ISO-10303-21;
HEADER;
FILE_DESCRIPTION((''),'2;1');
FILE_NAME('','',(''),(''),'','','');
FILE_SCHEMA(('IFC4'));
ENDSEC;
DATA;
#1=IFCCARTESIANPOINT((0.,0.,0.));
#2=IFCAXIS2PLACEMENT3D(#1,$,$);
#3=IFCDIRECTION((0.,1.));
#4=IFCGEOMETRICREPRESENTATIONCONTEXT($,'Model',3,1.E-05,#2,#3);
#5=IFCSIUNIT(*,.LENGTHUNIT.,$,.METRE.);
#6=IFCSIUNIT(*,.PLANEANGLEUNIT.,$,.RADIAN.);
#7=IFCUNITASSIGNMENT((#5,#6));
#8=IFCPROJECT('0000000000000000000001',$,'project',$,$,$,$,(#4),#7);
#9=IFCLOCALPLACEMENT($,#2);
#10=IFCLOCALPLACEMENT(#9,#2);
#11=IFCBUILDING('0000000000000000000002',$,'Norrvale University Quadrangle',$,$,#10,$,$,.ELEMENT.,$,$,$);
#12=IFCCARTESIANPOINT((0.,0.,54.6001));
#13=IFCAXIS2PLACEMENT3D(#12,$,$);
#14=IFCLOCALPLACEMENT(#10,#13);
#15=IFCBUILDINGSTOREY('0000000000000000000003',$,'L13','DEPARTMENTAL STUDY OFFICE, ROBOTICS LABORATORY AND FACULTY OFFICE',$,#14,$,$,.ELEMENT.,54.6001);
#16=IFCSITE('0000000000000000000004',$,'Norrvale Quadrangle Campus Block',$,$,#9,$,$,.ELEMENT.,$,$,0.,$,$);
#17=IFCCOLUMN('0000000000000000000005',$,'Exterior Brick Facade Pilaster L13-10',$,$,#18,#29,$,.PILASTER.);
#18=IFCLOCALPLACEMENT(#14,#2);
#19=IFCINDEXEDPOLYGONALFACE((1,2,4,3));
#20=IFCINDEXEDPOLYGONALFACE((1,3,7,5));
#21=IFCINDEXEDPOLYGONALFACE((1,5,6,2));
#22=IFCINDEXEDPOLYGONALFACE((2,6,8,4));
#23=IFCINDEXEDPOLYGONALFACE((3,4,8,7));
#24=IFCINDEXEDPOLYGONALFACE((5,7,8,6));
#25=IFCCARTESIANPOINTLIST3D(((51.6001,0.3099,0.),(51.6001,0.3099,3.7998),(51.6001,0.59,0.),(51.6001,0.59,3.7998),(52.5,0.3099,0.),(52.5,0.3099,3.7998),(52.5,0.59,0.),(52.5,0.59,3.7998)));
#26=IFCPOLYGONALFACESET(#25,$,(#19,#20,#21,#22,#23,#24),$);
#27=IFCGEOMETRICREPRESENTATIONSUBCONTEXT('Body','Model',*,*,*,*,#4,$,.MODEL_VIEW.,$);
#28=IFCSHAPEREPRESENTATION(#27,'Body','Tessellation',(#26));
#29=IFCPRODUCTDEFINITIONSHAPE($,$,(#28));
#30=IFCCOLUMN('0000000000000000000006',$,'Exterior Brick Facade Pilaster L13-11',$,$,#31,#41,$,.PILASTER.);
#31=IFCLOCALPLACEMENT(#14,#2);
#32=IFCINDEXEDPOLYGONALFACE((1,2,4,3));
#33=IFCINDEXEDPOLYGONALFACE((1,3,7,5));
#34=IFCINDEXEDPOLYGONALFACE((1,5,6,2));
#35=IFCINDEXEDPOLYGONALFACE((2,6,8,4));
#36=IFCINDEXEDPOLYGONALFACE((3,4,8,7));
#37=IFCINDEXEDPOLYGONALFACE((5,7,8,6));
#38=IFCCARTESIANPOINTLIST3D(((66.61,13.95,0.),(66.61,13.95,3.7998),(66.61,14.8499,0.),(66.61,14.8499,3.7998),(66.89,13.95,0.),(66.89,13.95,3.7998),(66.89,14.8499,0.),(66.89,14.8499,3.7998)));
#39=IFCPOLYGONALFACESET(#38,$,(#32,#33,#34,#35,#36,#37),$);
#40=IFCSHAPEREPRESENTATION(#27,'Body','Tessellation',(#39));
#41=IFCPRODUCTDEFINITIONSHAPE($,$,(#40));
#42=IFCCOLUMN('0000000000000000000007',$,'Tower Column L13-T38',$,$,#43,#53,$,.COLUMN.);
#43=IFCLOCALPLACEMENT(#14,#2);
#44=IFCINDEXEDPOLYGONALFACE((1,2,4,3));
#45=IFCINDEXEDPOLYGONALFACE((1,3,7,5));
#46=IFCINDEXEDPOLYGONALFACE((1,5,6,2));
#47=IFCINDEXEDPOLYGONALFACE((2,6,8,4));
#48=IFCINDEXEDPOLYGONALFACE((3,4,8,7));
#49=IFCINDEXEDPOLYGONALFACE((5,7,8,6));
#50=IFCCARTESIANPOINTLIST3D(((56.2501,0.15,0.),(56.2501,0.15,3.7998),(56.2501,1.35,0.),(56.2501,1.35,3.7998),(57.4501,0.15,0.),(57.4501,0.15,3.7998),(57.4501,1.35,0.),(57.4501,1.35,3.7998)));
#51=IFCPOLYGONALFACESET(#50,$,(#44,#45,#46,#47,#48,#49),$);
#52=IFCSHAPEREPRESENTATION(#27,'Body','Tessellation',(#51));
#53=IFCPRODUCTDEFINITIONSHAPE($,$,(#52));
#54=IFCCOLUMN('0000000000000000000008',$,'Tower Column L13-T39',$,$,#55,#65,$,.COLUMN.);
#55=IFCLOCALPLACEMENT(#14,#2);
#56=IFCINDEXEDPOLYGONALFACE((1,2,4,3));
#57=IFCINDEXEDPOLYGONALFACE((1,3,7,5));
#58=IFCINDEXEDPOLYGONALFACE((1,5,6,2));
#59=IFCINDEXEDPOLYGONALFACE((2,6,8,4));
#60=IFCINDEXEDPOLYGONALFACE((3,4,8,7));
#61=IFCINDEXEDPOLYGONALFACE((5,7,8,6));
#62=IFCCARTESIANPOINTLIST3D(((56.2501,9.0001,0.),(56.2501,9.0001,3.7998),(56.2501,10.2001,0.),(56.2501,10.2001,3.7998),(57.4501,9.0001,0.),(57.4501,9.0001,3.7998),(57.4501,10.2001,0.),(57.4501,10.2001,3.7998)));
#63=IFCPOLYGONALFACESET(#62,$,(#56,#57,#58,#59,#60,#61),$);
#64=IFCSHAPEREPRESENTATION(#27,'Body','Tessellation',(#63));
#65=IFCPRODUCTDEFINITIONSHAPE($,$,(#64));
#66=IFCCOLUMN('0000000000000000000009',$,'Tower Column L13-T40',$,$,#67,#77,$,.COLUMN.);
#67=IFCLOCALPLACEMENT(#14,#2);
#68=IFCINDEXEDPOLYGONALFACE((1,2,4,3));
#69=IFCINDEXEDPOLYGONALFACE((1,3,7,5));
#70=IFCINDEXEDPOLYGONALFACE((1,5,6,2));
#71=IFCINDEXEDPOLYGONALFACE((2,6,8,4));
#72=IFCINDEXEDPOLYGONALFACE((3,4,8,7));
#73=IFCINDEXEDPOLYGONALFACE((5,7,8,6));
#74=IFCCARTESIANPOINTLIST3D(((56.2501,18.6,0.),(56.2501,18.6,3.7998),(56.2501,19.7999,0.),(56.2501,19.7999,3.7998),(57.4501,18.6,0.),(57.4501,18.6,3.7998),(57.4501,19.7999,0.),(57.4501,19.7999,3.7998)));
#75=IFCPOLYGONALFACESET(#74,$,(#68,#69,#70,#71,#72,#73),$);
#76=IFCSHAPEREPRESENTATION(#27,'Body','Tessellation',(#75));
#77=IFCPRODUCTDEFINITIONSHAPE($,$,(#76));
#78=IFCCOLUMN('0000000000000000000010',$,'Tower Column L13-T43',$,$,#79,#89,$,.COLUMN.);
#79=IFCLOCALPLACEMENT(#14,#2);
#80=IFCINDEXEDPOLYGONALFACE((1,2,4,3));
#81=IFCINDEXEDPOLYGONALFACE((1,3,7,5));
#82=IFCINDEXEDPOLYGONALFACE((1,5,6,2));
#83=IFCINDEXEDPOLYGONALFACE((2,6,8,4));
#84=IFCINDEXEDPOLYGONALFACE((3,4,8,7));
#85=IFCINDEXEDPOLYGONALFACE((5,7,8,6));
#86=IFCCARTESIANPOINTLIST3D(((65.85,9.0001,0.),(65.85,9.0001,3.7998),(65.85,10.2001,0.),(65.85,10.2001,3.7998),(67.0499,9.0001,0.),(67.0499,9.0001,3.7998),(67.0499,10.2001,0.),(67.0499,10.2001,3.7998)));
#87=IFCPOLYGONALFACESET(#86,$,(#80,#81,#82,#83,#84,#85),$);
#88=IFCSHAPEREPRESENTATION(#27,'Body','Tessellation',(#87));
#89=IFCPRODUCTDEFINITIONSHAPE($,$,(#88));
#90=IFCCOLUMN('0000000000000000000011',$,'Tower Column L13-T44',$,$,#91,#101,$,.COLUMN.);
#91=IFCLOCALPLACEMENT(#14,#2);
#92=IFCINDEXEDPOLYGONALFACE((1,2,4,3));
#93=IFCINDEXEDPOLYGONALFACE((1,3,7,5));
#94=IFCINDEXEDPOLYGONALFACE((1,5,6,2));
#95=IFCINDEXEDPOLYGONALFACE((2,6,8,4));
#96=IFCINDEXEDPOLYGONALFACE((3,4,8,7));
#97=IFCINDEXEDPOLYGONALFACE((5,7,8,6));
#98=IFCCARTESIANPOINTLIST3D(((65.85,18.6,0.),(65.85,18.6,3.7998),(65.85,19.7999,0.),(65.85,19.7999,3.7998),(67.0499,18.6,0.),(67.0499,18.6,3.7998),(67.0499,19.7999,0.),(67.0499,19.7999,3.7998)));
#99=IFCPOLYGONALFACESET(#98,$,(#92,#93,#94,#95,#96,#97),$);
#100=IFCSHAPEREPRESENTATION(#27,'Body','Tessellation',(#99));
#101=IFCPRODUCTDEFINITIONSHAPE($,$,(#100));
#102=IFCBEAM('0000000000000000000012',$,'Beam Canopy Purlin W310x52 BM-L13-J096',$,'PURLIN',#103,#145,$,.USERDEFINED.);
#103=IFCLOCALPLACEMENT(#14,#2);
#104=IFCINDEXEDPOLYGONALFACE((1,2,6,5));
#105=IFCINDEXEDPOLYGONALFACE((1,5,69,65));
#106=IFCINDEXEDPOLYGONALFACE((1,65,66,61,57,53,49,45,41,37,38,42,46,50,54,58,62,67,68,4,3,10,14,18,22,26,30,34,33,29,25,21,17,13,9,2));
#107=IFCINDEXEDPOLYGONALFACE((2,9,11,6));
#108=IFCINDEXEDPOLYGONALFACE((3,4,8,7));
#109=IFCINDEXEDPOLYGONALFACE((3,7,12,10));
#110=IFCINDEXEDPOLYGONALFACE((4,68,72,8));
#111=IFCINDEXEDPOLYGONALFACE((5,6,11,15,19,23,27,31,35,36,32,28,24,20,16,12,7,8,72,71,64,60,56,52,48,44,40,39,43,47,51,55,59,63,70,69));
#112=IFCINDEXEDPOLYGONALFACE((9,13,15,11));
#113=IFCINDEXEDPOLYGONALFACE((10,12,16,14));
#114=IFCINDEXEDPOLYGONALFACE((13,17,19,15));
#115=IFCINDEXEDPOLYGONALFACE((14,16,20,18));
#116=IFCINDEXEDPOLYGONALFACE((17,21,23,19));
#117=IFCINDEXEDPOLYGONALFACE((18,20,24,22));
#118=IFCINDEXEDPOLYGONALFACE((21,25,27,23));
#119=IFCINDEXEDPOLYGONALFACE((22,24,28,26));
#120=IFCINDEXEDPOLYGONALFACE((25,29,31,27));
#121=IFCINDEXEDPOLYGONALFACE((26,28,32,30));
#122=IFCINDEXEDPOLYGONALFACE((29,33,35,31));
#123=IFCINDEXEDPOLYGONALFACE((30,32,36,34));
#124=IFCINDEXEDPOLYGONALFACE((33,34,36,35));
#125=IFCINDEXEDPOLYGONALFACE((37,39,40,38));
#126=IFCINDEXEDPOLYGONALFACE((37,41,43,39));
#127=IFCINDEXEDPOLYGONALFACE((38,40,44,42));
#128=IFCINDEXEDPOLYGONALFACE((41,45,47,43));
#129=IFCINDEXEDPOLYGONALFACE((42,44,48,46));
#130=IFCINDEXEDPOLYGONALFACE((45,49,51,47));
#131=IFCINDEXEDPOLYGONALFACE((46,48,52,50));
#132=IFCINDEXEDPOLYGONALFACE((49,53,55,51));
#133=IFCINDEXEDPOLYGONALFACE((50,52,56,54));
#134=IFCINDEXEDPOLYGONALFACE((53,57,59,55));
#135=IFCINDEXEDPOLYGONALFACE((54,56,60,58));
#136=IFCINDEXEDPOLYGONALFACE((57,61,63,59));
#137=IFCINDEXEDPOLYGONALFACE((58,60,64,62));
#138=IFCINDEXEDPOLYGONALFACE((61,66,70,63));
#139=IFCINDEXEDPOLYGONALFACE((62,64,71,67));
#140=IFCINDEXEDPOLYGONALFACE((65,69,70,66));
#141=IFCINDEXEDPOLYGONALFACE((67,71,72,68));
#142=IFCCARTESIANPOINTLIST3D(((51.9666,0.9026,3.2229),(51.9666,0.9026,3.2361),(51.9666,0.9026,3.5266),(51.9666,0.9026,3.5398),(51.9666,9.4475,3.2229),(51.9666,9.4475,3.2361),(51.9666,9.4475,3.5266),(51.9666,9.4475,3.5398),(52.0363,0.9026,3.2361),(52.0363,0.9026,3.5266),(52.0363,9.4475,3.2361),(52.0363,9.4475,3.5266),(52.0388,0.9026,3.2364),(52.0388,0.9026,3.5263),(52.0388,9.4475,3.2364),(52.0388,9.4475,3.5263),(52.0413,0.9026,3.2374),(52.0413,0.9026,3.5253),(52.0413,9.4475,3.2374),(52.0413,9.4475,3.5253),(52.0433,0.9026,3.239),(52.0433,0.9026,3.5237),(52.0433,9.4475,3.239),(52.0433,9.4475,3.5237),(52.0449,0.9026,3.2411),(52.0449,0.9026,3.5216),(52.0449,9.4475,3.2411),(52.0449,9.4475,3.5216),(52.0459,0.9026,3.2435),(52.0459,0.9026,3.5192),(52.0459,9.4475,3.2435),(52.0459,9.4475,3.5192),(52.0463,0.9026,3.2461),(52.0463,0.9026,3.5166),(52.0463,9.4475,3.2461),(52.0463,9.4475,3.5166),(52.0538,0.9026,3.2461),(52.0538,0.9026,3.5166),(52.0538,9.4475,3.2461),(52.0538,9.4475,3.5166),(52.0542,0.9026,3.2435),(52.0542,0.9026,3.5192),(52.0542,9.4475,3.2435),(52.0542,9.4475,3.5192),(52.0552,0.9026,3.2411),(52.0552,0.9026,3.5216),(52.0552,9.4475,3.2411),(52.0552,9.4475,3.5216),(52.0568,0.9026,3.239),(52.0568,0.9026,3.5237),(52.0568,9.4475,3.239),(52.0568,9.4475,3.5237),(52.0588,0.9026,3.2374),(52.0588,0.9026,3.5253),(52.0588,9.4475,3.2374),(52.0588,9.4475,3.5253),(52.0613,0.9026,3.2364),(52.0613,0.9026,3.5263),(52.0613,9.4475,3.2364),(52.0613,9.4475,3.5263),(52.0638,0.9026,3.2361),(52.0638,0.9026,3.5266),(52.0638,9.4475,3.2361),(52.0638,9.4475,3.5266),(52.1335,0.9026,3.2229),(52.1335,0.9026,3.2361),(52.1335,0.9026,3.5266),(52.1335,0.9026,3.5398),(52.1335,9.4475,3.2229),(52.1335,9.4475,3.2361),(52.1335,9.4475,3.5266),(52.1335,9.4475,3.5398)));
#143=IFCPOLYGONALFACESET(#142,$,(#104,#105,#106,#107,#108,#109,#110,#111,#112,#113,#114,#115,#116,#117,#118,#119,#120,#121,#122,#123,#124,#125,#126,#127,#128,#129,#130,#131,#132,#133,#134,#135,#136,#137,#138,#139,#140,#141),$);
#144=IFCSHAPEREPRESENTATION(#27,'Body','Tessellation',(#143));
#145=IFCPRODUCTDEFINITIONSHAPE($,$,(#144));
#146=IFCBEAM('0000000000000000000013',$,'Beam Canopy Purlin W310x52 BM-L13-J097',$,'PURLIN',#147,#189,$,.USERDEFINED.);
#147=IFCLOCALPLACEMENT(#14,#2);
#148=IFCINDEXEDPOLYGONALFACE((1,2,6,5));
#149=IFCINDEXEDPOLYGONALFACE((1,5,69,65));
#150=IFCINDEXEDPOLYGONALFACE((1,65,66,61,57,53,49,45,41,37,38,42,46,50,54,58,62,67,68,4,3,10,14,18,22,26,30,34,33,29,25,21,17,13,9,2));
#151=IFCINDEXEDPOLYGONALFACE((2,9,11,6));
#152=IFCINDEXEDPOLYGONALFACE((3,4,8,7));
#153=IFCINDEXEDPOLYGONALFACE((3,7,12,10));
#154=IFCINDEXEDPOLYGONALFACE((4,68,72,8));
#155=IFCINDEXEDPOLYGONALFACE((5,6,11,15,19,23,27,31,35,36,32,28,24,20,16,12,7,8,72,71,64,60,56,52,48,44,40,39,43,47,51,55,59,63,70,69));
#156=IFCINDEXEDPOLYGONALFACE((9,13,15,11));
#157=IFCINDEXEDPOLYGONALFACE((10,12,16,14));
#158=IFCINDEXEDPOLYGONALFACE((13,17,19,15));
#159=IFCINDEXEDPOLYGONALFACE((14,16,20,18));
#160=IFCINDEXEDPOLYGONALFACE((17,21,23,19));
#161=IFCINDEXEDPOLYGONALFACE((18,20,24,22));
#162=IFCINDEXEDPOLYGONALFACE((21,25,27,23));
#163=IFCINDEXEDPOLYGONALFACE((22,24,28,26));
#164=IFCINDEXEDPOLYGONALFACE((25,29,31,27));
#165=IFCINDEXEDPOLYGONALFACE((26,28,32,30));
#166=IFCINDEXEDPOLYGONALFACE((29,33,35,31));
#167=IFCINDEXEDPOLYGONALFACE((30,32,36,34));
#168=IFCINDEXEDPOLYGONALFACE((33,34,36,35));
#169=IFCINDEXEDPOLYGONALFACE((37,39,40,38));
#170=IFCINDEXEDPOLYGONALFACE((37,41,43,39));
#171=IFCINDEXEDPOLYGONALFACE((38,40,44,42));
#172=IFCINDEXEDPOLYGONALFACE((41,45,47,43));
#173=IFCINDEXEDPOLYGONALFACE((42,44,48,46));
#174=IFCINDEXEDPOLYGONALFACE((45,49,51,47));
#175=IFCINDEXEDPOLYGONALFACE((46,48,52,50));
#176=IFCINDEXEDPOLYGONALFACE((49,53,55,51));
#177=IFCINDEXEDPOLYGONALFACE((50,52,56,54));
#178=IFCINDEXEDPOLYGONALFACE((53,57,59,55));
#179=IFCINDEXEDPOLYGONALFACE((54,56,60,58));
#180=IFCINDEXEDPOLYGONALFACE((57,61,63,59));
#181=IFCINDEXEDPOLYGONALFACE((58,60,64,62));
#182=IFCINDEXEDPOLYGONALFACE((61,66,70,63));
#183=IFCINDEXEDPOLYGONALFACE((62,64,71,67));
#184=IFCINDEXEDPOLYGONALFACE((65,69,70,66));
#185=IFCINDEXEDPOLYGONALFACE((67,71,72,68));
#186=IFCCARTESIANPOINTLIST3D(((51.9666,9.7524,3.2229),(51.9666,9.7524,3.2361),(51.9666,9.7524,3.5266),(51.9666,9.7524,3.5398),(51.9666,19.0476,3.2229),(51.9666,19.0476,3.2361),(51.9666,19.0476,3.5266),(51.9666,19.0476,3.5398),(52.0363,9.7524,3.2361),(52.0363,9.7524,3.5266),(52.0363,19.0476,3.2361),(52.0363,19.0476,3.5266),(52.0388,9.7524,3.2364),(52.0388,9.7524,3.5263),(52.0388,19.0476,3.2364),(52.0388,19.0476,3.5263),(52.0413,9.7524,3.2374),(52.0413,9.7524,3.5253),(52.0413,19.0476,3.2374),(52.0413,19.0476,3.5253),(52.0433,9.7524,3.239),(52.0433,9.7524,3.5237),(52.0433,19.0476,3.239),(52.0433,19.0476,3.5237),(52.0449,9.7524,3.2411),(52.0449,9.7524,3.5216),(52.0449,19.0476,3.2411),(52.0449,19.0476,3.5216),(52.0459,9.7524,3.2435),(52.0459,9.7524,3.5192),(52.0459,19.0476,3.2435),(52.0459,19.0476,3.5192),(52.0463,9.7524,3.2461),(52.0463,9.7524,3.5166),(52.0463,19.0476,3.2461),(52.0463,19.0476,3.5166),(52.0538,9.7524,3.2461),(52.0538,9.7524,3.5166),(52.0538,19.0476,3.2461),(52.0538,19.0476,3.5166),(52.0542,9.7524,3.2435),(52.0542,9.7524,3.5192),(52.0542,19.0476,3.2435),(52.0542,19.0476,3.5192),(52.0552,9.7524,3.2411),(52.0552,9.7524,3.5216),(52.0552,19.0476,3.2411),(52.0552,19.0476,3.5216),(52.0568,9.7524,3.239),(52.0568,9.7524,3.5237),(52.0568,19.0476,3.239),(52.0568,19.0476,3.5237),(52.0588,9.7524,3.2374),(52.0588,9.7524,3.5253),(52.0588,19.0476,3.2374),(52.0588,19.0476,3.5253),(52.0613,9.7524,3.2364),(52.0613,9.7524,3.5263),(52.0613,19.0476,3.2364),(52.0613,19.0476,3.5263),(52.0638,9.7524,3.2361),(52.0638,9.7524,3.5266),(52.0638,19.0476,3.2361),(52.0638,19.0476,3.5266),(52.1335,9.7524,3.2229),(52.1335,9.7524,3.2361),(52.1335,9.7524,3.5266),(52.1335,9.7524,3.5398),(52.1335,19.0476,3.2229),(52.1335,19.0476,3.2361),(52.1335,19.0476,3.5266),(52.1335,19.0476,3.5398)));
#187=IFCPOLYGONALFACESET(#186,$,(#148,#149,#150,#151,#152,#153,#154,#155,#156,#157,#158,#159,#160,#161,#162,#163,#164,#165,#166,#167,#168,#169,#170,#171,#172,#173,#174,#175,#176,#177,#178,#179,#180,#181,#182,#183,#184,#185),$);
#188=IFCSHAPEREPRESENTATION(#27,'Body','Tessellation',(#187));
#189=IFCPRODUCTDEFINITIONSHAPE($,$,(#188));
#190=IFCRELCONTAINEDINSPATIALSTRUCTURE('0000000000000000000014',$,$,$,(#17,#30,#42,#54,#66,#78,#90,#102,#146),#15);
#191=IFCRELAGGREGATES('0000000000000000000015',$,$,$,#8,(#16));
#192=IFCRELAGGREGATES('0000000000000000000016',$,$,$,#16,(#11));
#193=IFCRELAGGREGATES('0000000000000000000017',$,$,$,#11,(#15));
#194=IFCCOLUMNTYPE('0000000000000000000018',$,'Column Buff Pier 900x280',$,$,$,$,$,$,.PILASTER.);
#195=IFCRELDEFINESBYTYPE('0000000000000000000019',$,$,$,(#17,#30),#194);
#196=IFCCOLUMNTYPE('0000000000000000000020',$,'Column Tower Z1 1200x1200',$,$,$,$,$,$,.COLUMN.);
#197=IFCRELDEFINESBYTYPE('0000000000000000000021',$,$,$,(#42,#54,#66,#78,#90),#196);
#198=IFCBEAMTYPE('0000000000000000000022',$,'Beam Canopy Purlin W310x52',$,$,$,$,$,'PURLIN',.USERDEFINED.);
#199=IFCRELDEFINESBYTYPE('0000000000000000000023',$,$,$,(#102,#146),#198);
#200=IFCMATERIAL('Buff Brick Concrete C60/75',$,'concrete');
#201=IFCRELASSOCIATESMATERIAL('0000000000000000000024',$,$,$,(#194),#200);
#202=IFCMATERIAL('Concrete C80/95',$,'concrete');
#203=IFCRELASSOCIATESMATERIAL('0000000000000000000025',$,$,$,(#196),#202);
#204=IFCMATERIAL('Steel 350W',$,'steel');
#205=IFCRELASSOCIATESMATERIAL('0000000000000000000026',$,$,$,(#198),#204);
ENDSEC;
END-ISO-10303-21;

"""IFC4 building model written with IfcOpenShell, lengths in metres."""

from ifc_helpers import new_model, si_unit, direction, frame, origin, origin_2d, place, context, subcontext, project, spatial, rectangle, i_section, extrude, material, material_profile, profile_set, type_object, element, save


model = new_model("IFC4")

# Units and contexts
model_context = context("Model", 3, precision=1e-05, world=origin(), true_north=direction((0.0, 1.0)))
body_context = subcontext(model_context, "Body", "Model", "MODEL_VIEW")
ifc_project = project(units=[si_unit("LENGTHUNIT", "METRE"), si_unit("PLANEANGLEUNIT", "RADIAN")], contexts=[model_context])

# Site, building, storey
site_placement = place(None, origin())
site = spatial("IfcSite", under=ifc_project, at=site_placement, Name="Norrvale Quadrangle Campus Block", CompositionType="ELEMENT", RefElevation=0.0)
building_placement = place(site_placement, origin())
building = spatial("IfcBuilding", under=site, at=building_placement, Name="Norrvale University Quadrangle", CompositionType="ELEMENT")
storey_placement = place(building_placement, frame((0.0, 0.0, 54.6001)))
storey = spatial("IfcBuildingStorey", under=building, at=storey_placement, Name="L13", Description="DEPARTMENTAL STUDY OFFICE, ROBOTICS LABORATORY AND FACULTY OFFICE", CompositionType="ELEMENT", Elevation=54.6001)

# Columns
ifc_material_1 = material(Name="Buff Brick Concrete C60/75", Category="concrete")
ifc_material_profile_1 = material_profile(ifc_material_1, rectangle(XDim=0.8999, YDim=0.28, at=origin_2d()), Name="Buff Brick Concrete C60/75")
ifc_profile_set_1 = profile_set([ifc_material_profile_1], Name="Buff Brick Concrete C60/75")
column_type_1 = type_object("IfcColumnType", Name="Column Buff Pier 900x280", PredefinedType="PILASTER", material=ifc_profile_set_1)
for number, where, z_axis, x_axis, name in (
    (1, (52.05, 0.45, 0.0), (0.0, 0.0, 1.0), (1.0, 0.0, 0.0), "Exterior Brick Facade Pilaster L13-10"),
    (2, (66.75, 14.3999, 0.0), (0.0, 0.0, 1.0), (0.0, 1.0, 0.0), "Exterior Brick Facade Pilaster L13-11"),
):
    element("IfcColumn", number, at=place(storey_placement, frame(where, z_axis=z_axis, x_axis=x_axis)), inside=storey, type_object=column_type_1, Name=name, PredefinedType="PILASTER", context=body_context, shape_type="SweptSolid", body=[
        extrude(rectangle(XDim=0.8999, YDim=0.28, at=origin_2d()), origin(), (0.0, 0.0, 1.0), 3.7998),
    ])
ifc_material_2 = material(Name="Concrete C80/95", Category="concrete")
ifc_material_profile_2 = material_profile(ifc_material_2, rectangle(XDim=1.2, YDim=1.2, at=origin_2d()), Name="Concrete C80/95")
ifc_profile_set_2 = profile_set([ifc_material_profile_2], Name="Concrete C80/95")
column_type_2 = type_object("IfcColumnType", Name="Column Tower Z1 1200x1200", PredefinedType="COLUMN", material=ifc_profile_set_2)
for number, where, z_axis, x_axis, name in (
    (3, (56.8501, 0.75, 0.0), (0.0, 0.0, 1.0), (1.0, 0.0, 0.0), "Tower Column L13-T38"),
    (4, (56.8501, 9.6001, 0.0), (0.0, 0.0, 1.0), (1.0, 0.0, 0.0), "Tower Column L13-T39"),
    (5, (56.8501, 19.2, 0.0), (0.0, 0.0, 1.0), (1.0, 0.0, 0.0), "Tower Column L13-T40"),
    (6, (66.45, 9.6001, 0.0), (0.0, 0.0, 1.0), (1.0, 0.0, 0.0), "Tower Column L13-T43"),
    (7, (66.45, 19.2, 0.0), (0.0, 0.0, 1.0), (1.0, 0.0, 0.0), "Tower Column L13-T44"),
):
    element("IfcColumn", number, at=place(storey_placement, frame(where, z_axis=z_axis, x_axis=x_axis)), inside=storey, type_object=column_type_2, Name=name, PredefinedType="COLUMN", context=body_context, shape_type="SweptSolid", body=[
        extrude(rectangle(XDim=1.2, YDim=1.2, at=origin_2d()), origin(), (0.0, 0.0, 1.0), 3.7998),
    ])

# Beams
ifc_material_3 = material(Name="Steel 350W", Category="steel")
ifc_material_profile_3 = material_profile(ifc_material_3, i_section(OverallWidth=0.167, OverallDepth=0.3169, WebThickness=0.0076, FlangeThickness=0.0132, FilletRadius=0.01, at=origin_2d()), Name="Steel 350W")
ifc_profile_set_3 = profile_set([ifc_material_profile_3], Name="Steel 350W")
beam_type_1 = type_object("IfcBeamType", Name="Beam Canopy Purlin W310x52", ElementType="PURLIN", PredefinedType="USERDEFINED", material=ifc_profile_set_3)
beam_1_placement = place(storey_placement, frame((52.05, 0.9026, 3.3813), z_axis=(0.0, 1.0, 0.0), x_axis=(-1.0, 0.0, 0.0)))
element("IfcBeam", 8, at=beam_1_placement, inside=storey, type_object=beam_type_1, Name="Beam Canopy Purlin W310x52 BM-L13-J096", ObjectType="PURLIN", PredefinedType="USERDEFINED", context=body_context, shape_type="SweptSolid", body=[
    extrude(i_section(OverallWidth=0.167, OverallDepth=0.3169, WebThickness=0.0076, FlangeThickness=0.0132, FilletRadius=0.01, at=origin_2d()), origin(), (0.0, 0.0, 1.0), 8.5449),
])
for number, where, z_axis, x_axis, name in (
    (9, (52.05, 9.7524, 3.3813), (0.0, 1.0, 0.0), (-1.0, 0.0, 0.0), "Beam Canopy Purlin W310x52 BM-L13-J097"),
):
    element("IfcBeam", number, at=place(storey_placement, frame(where, z_axis=z_axis, x_axis=x_axis)), inside=storey, type_object=beam_type_1, Name=name, ObjectType="PURLIN", PredefinedType="USERDEFINED", context=body_context, shape_type="SweptSolid", body=[
        extrude(i_section(OverallWidth=0.167, OverallDepth=0.3169, WebThickness=0.0076, FlangeThickness=0.0132, FilletRadius=0.01, at=origin_2d()), origin(), (0.0, 0.0, 1.0), 9.2952),
    ])

save(model, "model.ifc")
